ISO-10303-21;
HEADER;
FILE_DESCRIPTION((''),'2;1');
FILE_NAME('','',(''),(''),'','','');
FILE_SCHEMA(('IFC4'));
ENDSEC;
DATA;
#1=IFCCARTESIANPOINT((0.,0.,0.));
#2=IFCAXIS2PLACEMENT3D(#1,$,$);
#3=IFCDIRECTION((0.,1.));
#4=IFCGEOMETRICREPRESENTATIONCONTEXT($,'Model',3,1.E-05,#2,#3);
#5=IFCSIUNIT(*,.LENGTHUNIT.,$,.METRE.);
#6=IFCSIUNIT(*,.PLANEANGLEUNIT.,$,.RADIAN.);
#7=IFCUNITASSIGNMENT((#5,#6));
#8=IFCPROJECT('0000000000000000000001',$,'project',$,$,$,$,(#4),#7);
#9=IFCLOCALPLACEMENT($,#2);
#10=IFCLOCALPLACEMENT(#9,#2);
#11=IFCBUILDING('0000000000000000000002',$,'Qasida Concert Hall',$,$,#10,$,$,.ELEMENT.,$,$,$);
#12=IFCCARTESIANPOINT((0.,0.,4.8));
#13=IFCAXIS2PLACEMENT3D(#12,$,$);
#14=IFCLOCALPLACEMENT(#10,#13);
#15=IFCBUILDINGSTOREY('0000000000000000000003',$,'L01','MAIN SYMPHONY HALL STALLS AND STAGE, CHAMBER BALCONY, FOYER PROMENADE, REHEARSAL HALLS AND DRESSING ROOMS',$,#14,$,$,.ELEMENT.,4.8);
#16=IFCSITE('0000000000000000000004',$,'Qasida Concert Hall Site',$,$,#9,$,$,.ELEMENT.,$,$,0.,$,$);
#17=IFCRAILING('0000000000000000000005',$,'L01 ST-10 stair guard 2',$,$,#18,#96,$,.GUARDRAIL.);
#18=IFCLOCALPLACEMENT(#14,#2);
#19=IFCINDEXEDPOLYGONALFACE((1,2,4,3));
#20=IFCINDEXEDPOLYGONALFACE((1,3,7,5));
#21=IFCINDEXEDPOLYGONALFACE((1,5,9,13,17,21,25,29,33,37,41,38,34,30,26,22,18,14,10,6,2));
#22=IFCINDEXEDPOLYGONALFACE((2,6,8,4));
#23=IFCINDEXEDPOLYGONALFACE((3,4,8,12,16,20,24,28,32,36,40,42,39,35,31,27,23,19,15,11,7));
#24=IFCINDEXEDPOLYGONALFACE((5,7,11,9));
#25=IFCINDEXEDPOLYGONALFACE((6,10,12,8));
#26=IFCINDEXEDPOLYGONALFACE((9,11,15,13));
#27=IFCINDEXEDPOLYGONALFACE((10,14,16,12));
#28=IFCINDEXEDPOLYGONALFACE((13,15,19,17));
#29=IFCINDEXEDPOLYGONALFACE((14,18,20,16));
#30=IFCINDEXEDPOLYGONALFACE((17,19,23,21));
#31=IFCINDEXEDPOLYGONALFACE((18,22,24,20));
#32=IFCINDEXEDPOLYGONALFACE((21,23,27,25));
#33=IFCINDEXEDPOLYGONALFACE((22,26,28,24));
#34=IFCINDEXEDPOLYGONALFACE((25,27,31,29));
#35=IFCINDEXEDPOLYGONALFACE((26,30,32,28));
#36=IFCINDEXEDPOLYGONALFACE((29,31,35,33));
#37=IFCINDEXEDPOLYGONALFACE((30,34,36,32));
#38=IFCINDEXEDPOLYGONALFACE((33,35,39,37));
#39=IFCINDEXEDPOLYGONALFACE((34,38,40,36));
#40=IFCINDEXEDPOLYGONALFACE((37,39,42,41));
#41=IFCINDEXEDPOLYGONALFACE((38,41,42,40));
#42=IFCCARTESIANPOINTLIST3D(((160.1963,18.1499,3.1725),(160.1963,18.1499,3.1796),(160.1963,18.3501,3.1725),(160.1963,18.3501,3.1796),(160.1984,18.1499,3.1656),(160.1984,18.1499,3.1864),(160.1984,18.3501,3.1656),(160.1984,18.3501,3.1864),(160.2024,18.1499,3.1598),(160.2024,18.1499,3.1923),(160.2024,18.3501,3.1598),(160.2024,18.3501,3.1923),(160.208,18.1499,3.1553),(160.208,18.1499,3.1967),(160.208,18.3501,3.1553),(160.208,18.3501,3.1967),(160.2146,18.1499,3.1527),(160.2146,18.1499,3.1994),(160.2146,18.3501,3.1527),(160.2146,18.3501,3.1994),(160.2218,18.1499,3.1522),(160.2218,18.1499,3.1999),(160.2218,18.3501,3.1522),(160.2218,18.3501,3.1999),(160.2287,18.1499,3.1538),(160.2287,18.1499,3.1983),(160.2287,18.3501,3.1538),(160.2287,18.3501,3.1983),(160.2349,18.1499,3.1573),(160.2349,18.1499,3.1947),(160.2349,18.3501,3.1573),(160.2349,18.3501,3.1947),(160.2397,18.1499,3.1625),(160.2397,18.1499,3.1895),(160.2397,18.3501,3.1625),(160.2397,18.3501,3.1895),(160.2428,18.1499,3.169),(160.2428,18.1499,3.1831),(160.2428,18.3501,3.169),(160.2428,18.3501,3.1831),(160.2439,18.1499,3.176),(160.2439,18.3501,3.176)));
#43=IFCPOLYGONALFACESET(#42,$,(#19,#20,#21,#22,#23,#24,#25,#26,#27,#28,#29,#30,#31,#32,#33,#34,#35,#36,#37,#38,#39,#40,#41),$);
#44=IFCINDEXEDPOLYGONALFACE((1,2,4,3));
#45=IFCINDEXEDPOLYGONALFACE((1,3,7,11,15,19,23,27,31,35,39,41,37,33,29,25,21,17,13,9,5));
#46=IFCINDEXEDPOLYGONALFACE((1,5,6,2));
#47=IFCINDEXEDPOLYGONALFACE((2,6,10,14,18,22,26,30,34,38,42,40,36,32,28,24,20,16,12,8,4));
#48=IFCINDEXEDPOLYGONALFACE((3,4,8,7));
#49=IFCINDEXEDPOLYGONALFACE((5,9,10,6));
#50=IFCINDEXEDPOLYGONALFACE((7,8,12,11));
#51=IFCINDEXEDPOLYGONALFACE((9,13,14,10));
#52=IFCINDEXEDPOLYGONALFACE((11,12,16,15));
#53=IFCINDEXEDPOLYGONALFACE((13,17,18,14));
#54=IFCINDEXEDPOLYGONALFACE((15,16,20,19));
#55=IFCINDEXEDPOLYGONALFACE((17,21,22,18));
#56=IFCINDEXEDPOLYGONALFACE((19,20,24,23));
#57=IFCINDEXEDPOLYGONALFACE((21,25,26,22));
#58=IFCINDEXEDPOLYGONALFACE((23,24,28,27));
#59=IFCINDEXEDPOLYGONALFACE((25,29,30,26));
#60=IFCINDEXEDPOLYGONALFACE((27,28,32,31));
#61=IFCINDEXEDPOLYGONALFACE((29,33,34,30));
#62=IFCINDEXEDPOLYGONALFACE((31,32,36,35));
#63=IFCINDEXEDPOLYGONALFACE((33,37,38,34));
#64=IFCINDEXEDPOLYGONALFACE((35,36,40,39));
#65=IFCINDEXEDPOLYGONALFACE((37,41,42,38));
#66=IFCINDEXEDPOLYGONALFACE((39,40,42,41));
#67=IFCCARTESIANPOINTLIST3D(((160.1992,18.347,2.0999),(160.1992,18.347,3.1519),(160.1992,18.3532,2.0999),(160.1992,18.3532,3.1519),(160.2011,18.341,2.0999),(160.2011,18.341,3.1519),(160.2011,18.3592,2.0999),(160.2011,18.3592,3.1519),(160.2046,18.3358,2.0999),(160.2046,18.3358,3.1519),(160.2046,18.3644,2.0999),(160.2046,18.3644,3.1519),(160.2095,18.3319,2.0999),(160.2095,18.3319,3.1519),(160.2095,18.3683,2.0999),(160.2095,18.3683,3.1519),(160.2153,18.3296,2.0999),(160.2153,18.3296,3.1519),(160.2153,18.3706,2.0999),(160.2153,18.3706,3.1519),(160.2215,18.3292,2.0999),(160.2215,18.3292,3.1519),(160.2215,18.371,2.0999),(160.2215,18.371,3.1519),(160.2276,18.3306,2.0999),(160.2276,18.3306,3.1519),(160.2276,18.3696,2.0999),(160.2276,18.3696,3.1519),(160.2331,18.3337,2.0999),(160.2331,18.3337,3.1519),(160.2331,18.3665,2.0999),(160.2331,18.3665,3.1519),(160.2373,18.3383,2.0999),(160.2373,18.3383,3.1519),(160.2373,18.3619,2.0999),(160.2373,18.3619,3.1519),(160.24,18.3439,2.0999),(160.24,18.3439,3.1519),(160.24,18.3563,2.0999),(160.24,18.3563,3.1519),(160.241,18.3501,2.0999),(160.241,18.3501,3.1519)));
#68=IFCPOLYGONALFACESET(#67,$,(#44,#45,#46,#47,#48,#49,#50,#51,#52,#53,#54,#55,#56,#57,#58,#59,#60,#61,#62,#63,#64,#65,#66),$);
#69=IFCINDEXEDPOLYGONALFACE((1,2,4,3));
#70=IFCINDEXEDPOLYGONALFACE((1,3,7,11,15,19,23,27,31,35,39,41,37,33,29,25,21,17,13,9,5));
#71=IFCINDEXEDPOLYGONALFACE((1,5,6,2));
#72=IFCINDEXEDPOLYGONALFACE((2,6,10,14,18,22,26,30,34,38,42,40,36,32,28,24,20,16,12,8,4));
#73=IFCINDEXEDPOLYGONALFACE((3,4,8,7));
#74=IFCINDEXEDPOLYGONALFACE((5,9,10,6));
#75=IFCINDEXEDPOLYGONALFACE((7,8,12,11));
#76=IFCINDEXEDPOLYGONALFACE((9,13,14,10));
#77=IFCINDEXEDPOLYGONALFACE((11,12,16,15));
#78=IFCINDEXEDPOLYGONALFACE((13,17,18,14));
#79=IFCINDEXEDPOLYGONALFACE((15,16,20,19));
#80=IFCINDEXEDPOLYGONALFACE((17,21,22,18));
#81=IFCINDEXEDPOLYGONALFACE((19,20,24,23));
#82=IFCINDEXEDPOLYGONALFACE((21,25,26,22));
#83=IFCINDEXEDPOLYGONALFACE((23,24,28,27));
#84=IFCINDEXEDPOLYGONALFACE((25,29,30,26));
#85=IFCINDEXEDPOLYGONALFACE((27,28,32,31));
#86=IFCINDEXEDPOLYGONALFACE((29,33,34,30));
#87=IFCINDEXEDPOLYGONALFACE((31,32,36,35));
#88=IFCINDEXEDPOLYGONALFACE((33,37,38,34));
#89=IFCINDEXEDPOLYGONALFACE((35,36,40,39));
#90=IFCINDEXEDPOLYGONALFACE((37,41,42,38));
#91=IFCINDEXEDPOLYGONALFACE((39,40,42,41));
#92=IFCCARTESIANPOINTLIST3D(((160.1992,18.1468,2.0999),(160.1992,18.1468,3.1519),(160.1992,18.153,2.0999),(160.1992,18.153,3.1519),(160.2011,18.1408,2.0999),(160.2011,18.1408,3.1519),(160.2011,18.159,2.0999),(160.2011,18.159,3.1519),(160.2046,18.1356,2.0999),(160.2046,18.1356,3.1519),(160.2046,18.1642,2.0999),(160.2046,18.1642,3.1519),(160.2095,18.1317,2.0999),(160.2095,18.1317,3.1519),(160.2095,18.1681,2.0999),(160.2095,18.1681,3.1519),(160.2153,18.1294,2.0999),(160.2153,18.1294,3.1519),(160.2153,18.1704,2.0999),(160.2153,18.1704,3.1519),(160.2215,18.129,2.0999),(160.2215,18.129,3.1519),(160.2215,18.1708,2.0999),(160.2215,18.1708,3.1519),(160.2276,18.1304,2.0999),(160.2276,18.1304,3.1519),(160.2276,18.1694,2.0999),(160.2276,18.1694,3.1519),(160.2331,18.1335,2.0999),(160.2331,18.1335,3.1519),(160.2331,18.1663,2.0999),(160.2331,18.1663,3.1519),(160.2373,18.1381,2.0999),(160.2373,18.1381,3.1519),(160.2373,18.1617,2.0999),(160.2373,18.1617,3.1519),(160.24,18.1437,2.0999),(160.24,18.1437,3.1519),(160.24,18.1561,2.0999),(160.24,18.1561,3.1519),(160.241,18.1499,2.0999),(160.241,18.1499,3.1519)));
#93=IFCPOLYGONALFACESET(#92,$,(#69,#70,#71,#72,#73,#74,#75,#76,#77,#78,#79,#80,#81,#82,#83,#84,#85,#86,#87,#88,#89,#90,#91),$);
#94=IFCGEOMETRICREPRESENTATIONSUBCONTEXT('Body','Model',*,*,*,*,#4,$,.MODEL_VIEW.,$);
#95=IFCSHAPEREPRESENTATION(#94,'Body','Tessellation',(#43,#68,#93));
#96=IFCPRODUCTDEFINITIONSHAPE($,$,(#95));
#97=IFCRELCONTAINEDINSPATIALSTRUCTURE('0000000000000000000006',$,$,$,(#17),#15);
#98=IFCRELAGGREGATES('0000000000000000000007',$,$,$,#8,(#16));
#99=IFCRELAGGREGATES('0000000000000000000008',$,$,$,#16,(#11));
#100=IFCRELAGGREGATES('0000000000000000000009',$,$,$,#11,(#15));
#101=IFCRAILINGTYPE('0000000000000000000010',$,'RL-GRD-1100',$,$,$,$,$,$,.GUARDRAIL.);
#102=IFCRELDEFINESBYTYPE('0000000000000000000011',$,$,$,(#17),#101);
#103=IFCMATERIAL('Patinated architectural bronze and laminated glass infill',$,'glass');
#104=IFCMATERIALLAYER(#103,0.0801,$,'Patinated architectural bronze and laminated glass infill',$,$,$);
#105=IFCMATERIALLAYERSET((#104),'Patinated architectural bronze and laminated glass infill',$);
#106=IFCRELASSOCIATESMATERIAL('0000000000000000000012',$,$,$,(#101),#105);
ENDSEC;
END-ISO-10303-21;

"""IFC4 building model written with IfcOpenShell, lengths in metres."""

from ifc_helpers import new_model, si_unit, direction, frame, origin, origin_2d, place, context, subcontext, project, spatial, circle, extrude, material, layer, layer_set, type_object, element, save


model = new_model("IFC4")

# Units and contexts
model_context = context("Model", 3, precision=1e-05, world=origin(), true_north=direction((0.0, 1.0)))
body_context = subcontext(model_context, "Body", "Model", "MODEL_VIEW")
ifc_project = project(units=[si_unit("LENGTHUNIT", "METRE"), si_unit("PLANEANGLEUNIT", "RADIAN")], contexts=[model_context])

# Site, building, storey
site_placement = place(None, origin())
site = spatial("IfcSite", under=ifc_project, at=site_placement, Name="Qasida Concert Hall Site", CompositionType="ELEMENT", RefElevation=0.0)
building_placement = place(site_placement, origin())
building = spatial("IfcBuilding", under=site, at=building_placement, Name="Qasida Concert Hall", CompositionType="ELEMENT")
storey_placement = place(building_placement, frame((0.0, 0.0, 4.8)))
storey = spatial("IfcBuildingStorey", under=building, at=storey_placement, Name="L01", Description="MAIN SYMPHONY HALL STALLS AND STAGE, CHAMBER BALCONY, FOYER PROMENADE, REHEARSAL HALLS AND DRESSING ROOMS", CompositionType="ELEMENT", Elevation=4.8)

# Railing
ifc_material_1 = material(Name="Patinated architectural bronze and laminated glass infill", Category="glass")
ifc_layer_1 = layer(ifc_material_1, 0.0801, Name="Patinated architectural bronze and laminated glass infill")
ifc_layer_set_1 = layer_set([ifc_layer_1], Name="Patinated architectural bronze and laminated glass infill")
railing_type_1 = type_object("IfcRailingType", Name="RL-GRD-1100", PredefinedType="GUARDRAIL", material=ifc_layer_set_1)
railing_1_placement = place(storey_placement, frame((160.22, 18.3501, 2.0999)))
element("IfcRailing", 1, at=railing_1_placement, inside=storey, type_object=railing_type_1, Name="L01 ST-10 stair guard 2", PredefinedType="GUARDRAIL", context=body_context, shape_type="SweptSolid", body=[
    extrude(circle(Radius=0.0239, at=origin_2d()), frame((0.0, 0.0, 1.0762), z_axis=(0.0, -1.0, 0.0), x_axis=(1.0, 0.0, 0.0)), (0.0, 0.0, 1.0), 0.2002),
    extrude(circle(Radius=0.021, at=origin_2d()), origin(), (0.0, 0.0, 1.0), 1.052),
    extrude(circle(Radius=0.021, at=origin_2d()), frame((0.0, -0.2002, 0.0)), (0.0, 0.0, 1.0), 1.052),
])

save(model, "model.ifc")
